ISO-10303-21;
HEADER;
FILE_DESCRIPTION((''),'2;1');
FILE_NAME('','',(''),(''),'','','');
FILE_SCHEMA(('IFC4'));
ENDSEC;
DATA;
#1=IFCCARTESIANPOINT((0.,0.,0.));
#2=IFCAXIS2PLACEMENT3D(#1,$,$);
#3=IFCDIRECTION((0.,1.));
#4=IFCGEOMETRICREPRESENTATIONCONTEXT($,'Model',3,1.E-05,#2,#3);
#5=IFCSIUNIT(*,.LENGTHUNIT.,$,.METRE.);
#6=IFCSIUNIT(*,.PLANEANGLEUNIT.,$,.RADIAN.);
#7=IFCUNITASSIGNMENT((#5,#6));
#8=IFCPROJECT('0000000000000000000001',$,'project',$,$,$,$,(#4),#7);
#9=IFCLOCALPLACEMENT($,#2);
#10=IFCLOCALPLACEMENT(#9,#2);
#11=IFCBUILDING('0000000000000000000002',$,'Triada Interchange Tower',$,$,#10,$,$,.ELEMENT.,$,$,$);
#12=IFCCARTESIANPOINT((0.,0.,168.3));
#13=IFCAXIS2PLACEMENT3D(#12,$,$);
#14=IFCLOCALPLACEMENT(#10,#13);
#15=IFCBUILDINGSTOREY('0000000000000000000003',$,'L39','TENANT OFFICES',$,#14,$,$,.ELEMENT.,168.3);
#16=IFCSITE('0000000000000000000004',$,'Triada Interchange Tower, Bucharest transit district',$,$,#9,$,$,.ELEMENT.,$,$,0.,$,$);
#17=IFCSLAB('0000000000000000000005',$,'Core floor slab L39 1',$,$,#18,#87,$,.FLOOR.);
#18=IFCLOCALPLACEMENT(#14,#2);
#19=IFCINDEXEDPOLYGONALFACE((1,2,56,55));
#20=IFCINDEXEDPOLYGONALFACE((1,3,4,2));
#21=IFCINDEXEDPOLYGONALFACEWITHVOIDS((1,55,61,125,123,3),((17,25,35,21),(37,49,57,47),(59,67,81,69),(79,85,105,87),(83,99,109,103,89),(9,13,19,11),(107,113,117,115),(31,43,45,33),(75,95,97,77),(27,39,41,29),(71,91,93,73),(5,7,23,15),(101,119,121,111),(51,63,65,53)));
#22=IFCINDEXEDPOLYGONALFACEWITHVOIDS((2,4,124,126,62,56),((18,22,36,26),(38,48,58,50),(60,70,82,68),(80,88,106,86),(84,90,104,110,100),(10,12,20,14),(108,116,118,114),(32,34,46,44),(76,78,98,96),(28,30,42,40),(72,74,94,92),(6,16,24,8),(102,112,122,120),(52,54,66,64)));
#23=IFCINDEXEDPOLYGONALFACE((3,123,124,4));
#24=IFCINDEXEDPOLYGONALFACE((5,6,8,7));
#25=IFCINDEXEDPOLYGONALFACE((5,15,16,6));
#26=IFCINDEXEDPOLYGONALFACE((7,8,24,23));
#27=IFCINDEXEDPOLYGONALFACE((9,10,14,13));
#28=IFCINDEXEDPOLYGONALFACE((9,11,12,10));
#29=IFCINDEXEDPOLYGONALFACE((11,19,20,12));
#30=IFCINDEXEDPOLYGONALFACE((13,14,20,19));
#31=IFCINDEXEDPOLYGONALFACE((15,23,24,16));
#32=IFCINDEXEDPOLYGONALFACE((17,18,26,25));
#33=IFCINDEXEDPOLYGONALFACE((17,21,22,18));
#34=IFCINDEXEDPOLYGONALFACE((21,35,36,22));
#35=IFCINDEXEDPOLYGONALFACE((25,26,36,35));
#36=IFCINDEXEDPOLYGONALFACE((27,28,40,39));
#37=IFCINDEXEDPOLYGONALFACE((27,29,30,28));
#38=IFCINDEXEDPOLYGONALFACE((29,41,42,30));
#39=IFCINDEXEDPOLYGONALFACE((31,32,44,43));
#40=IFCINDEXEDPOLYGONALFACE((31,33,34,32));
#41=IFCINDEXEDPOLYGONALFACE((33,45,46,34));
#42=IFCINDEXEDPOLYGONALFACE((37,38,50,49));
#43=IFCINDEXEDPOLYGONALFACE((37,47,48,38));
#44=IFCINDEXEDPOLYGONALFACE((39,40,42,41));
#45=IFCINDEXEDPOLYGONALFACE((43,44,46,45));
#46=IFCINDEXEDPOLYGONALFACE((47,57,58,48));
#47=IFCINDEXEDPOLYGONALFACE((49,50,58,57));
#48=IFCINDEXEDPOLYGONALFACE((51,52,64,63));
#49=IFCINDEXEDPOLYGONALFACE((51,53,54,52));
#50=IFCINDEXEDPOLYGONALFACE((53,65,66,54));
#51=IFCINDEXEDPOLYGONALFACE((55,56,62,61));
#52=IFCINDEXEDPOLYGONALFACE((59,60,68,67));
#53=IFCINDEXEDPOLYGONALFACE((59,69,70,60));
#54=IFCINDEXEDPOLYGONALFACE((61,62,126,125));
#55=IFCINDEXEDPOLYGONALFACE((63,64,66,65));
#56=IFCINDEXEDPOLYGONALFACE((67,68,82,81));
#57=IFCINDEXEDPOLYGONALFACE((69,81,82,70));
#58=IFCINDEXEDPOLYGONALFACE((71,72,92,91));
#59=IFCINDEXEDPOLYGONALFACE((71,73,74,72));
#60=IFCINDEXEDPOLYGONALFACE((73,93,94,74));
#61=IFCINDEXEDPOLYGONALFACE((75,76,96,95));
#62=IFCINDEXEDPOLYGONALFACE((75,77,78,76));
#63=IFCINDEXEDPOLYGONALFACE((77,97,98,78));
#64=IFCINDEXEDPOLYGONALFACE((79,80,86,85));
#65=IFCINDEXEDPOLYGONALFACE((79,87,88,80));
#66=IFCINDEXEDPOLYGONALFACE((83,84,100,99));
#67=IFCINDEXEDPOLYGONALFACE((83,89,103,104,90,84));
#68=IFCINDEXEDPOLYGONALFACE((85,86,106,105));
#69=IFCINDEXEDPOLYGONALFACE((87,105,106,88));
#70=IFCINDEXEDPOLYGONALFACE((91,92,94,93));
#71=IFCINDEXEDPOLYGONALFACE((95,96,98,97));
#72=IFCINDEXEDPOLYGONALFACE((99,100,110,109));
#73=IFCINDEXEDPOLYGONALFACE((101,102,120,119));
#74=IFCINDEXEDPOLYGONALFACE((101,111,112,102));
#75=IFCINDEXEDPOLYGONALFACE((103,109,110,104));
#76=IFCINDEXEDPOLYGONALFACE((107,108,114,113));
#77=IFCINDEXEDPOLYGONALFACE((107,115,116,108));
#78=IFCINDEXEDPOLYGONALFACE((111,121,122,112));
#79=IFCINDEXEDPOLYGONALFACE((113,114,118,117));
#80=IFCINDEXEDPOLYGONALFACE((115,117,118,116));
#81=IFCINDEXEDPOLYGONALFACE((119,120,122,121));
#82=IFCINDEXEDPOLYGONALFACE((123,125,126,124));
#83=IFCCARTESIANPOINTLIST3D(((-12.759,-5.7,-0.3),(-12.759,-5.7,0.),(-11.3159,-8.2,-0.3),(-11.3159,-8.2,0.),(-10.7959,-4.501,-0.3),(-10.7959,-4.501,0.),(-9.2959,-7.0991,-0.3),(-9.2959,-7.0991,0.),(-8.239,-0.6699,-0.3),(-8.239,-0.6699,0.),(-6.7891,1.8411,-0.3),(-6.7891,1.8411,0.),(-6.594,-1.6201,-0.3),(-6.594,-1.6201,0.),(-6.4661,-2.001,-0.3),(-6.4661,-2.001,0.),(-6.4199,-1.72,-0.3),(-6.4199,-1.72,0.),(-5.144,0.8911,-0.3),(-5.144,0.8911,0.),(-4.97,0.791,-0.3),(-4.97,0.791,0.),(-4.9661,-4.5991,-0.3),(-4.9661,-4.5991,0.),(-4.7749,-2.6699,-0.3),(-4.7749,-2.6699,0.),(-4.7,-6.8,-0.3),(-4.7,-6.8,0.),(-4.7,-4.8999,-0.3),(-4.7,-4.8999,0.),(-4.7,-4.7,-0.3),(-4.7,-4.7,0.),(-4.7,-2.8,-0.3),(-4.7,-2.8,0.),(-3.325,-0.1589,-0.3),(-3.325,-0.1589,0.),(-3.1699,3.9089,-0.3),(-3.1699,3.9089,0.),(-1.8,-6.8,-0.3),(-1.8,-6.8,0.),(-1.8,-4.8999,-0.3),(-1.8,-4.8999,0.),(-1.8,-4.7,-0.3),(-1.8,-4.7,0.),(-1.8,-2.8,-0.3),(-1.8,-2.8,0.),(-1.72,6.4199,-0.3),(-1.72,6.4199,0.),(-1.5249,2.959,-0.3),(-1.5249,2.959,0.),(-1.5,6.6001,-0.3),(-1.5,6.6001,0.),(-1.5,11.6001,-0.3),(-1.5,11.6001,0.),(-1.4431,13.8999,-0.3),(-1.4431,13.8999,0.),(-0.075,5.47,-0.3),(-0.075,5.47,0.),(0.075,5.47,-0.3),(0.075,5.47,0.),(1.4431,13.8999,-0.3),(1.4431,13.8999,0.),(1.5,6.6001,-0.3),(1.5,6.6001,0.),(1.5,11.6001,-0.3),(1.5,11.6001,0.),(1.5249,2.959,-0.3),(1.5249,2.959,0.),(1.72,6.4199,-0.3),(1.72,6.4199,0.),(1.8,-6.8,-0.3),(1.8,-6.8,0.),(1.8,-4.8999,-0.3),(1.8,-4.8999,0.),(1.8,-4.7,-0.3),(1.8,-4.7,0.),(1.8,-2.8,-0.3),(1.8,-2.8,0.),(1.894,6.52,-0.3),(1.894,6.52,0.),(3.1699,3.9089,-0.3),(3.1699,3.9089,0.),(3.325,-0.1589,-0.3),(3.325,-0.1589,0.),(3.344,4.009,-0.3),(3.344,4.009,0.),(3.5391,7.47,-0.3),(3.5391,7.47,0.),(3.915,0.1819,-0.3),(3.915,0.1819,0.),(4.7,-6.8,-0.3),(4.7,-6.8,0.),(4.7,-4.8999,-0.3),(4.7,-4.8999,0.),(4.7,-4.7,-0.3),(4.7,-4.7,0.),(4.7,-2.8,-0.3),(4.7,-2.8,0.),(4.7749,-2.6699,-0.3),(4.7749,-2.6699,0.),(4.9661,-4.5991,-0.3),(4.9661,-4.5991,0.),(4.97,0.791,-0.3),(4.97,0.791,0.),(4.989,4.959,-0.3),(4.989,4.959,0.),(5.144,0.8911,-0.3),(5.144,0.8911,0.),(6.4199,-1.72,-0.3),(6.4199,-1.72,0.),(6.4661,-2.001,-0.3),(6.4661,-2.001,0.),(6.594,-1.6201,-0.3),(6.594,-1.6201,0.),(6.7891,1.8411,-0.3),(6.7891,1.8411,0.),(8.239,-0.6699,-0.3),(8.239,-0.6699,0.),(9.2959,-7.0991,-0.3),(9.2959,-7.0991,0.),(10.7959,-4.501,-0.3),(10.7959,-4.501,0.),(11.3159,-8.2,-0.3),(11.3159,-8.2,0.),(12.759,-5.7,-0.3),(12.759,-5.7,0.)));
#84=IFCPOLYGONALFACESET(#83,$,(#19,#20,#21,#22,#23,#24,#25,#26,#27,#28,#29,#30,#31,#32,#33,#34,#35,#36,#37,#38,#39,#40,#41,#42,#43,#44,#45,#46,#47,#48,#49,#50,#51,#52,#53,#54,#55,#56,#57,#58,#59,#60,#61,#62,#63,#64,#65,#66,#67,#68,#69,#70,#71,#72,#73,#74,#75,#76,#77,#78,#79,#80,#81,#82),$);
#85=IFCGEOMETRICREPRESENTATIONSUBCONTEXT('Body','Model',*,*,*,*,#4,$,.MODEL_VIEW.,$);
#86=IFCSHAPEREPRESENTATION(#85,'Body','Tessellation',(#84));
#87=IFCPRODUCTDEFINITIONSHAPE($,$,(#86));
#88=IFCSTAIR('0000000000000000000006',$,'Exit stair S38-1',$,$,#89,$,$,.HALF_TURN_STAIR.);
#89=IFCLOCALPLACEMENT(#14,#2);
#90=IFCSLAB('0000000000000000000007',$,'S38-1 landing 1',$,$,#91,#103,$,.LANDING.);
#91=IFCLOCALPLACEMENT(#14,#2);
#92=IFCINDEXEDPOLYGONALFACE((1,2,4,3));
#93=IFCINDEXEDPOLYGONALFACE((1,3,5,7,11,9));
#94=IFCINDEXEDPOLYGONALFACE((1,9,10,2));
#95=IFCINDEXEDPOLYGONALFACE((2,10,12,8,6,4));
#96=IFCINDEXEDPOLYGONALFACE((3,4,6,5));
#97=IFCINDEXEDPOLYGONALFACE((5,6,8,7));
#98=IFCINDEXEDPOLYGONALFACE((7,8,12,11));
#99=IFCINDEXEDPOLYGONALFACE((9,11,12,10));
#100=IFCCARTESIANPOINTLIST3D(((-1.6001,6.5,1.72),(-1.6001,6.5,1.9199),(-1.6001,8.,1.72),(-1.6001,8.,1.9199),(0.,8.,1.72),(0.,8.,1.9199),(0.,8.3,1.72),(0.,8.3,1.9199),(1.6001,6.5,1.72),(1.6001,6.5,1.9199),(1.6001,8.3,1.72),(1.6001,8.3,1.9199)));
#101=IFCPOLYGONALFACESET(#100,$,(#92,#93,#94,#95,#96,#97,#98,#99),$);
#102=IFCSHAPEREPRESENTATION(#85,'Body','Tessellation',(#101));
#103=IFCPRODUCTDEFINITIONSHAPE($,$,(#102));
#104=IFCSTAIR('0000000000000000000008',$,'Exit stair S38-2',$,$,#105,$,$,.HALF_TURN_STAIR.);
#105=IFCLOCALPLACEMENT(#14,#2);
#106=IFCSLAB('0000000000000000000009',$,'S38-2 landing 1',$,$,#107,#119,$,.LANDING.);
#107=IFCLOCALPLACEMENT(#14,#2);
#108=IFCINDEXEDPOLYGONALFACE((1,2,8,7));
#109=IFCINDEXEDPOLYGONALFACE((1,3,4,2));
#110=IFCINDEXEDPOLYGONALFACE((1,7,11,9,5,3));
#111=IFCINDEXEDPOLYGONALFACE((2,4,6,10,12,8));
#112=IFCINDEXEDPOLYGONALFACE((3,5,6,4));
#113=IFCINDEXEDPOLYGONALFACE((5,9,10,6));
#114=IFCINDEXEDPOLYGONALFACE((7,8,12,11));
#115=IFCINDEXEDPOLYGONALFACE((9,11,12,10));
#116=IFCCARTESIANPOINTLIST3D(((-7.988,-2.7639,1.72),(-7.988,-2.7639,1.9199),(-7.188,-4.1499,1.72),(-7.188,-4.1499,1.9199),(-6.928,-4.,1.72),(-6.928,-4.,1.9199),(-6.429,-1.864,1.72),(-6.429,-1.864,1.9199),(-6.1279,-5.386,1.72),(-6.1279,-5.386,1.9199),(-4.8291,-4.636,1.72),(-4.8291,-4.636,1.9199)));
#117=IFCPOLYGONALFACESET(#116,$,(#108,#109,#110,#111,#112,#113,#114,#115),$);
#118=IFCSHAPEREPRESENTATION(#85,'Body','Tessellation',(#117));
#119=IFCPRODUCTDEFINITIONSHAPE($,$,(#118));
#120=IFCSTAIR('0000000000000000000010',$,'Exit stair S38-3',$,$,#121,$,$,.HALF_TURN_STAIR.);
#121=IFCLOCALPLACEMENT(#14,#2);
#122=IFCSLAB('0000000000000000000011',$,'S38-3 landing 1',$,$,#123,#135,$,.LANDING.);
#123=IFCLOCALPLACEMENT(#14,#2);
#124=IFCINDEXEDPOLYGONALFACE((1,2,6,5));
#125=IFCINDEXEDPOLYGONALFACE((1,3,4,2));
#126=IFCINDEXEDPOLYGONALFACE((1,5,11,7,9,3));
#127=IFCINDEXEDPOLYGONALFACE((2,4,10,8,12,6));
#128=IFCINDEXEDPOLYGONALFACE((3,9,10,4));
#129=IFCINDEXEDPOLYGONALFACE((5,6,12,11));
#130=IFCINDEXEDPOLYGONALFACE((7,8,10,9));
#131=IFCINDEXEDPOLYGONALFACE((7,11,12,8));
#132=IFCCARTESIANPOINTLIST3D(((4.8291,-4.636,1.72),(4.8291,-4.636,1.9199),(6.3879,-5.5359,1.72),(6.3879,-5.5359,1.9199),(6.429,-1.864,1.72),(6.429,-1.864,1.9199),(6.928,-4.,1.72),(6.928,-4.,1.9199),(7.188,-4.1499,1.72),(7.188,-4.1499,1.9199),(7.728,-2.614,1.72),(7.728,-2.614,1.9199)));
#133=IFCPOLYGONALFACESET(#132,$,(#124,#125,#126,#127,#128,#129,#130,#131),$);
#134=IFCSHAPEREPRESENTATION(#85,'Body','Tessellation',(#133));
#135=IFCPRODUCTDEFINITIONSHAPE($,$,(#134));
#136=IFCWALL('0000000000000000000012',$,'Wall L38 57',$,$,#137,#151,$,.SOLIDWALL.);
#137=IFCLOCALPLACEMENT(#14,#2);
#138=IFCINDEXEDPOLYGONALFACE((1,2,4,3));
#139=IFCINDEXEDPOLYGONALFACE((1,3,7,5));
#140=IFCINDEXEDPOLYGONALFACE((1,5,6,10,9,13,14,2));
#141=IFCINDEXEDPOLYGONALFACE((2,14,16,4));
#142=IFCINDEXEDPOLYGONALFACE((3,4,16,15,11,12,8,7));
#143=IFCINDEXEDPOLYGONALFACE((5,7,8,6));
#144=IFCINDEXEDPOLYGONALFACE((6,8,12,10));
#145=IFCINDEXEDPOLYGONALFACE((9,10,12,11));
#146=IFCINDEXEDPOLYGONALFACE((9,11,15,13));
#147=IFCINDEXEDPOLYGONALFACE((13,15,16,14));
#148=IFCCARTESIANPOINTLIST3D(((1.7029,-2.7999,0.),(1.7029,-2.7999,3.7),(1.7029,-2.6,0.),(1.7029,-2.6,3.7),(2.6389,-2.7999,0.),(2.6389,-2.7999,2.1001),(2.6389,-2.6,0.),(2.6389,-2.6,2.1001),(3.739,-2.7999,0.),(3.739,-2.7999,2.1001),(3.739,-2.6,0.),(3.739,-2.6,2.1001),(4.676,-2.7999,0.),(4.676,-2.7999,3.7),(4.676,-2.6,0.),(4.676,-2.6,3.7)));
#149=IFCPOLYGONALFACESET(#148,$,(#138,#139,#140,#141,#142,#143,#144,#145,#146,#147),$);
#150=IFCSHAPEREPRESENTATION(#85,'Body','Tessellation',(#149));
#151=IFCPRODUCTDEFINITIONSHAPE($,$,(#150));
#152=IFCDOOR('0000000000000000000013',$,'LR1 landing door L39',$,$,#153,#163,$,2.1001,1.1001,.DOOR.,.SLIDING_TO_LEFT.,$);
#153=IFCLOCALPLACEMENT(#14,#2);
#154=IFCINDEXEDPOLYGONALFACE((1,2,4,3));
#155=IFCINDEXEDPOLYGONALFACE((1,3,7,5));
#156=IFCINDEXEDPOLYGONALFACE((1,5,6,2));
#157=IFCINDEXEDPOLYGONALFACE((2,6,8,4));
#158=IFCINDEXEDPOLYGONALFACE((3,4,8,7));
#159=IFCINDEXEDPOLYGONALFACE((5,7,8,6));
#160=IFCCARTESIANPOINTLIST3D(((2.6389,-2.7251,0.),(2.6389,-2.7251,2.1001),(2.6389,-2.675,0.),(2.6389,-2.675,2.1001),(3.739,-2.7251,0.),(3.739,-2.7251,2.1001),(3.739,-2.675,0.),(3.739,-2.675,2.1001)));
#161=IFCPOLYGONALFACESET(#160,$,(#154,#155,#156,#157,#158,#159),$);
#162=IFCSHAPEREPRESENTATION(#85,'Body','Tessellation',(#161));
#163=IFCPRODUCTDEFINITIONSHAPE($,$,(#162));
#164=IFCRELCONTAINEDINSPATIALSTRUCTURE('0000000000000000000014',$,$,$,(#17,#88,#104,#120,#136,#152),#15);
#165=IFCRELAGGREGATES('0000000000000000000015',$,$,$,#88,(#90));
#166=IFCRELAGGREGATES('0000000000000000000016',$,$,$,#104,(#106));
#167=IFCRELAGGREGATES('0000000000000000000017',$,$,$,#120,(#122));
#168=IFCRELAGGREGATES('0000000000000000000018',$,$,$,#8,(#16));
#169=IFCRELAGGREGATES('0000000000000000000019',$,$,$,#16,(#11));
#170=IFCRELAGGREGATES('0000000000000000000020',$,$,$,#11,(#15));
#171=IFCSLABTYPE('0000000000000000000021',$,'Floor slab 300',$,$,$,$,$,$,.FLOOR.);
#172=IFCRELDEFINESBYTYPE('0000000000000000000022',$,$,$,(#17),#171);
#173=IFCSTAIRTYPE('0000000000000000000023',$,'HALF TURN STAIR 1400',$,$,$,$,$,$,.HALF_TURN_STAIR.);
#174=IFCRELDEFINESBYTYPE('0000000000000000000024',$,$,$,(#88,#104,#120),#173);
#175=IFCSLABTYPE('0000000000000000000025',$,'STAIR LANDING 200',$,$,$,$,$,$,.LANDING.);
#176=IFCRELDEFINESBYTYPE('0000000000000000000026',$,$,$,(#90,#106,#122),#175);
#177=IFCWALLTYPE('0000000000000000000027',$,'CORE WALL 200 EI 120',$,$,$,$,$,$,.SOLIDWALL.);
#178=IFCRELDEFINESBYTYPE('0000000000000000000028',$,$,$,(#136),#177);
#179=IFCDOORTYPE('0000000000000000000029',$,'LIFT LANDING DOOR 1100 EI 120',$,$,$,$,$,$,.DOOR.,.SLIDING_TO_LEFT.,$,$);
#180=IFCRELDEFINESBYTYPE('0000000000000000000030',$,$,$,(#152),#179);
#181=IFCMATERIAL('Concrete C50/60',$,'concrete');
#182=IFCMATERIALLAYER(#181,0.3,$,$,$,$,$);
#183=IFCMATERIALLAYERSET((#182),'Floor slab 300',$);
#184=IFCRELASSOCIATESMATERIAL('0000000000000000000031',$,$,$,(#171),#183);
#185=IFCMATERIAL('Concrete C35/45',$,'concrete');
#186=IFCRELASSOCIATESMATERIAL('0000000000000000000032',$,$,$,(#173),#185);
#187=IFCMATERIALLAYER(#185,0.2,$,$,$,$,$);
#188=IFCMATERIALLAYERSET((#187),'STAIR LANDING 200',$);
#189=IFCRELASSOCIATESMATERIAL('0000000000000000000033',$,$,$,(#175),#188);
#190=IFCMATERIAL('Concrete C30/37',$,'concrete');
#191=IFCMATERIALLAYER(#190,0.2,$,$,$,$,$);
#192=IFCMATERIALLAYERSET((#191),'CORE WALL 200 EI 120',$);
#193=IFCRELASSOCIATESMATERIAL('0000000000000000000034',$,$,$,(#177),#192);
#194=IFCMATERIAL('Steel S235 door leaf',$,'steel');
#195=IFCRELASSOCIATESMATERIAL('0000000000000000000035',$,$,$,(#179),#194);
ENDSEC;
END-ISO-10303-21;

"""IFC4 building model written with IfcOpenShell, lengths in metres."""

from ifc_helpers import new_model, si_unit, direction, frame, frame_2d, origin, place, context, subcontext, project, spatial, polyline, rectangle, outline, extrude, material, layer, layer_set, type_object, element, fill, aggregate, save


model = new_model("IFC4")

# Units and contexts
model_context = context("Model", 3, precision=1e-05, world=origin(), true_north=direction((0.0, 1.0)))
body_context = subcontext(model_context, "Body", "Model", "MODEL_VIEW")
ifc_project = project(units=[si_unit("LENGTHUNIT", "METRE"), si_unit("PLANEANGLEUNIT", "RADIAN")], contexts=[model_context])

# Site, building, storey
site_placement = place(None, origin())
site = spatial("IfcSite", under=ifc_project, at=site_placement, Name="Triada Interchange Tower, Bucharest transit district", CompositionType="ELEMENT", RefElevation=0.0)
building_placement = place(site_placement, origin())
building = spatial("IfcBuilding", under=site, at=building_placement, Name="Triada Interchange Tower", CompositionType="ELEMENT")
storey_placement = place(building_placement, frame((0.0, 0.0, 168.3)))
storey = spatial("IfcBuildingStorey", under=building, at=storey_placement, Name="L39", Description="TENANT OFFICES", CompositionType="ELEMENT", Elevation=168.3)

# Slab
ifc_material_1 = material(Name="Concrete C50/60", Category="concrete")
ifc_layer_1 = layer(ifc_material_1, 0.3)
ifc_layer_set_1 = layer_set([ifc_layer_1], Name="Floor slab 300")
slab_type_1 = type_object("IfcSlabType", Name="Floor slab 300", PredefinedType="FLOOR", material=ifc_layer_set_1)
slab_1_placement = place(storey_placement, frame((0.0, 0.0, -0.3)))
element("IfcSlab", 1, at=slab_1_placement, inside=storey, type_object=slab_type_1, Name="Core floor slab L39 1", PredefinedType="FLOOR", context=body_context, shape_type="SweptSolid", body=[
    extrude(outline(polyline([(12.759, -5.7), (11.3159, -8.2), (-11.3159, -8.2), (-12.759, -5.7), (-1.4431, 13.8999), (1.4431, 13.8999), (12.759, -5.7)]), holes=[polyline([(9.2959, -7.0991), (10.7959, -4.501), (6.4661, -2.001), (4.9661, -4.5991), (9.2959, -7.0991)]), polyline([(6.7891, 1.8411), (5.144, 0.8911), (6.594, -1.6201), (8.239, -0.6699), (6.7891, 1.8411)]), polyline([(4.7749, -2.6699), (6.4199, -1.72), (4.97, 0.791), (3.915, 0.1819), (3.325, -0.1589), (4.7749, -2.6699)]), polyline([(1.894, 6.52), (3.344, 4.009), (4.989, 4.959), (3.5391, 7.47), (1.894, 6.52)]), polyline([(4.7, -6.8), (4.7, -4.8999), (1.8, -4.8999), (1.8, -6.8), (4.7, -6.8)]), polyline([(4.7, -2.8), (1.8, -2.8), (1.8, -4.7), (4.7, -4.7), (4.7, -2.8)]), polyline([(0.075, 5.47), (1.5249, 2.959), (3.1699, 3.9089), (1.72, 6.4199), (0.075, 5.47)]), polyline([(1.5, 11.6001), (-1.5, 11.6001), (-1.5, 6.6001), (1.5, 6.6001), (1.5, 11.6001)]), polyline([(-1.5249, 2.959), (-0.075, 5.47), (-1.72, 6.4199), (-3.1699, 3.9089), (-1.5249, 2.959)]), polyline([(-1.8, -2.8), (-4.7, -2.8), (-4.7, -4.7), (-1.8, -4.7), (-1.8, -2.8)]), polyline([(-4.7, -6.8), (-1.8, -6.8), (-1.8, -4.8999), (-4.7, -4.8999), (-4.7, -6.8)]), polyline([(-4.7749, -2.6699), (-3.325, -0.1589), (-4.97, 0.791), (-6.4199, -1.72), (-4.7749, -2.6699)]), polyline([(-10.7959, -4.501), (-9.2959, -7.0991), (-4.9661, -4.5991), (-6.4661, -2.001), (-10.7959, -4.501)]), polyline([(-6.594, -1.6201), (-5.144, 0.8911), (-6.7891, 1.8411), (-8.239, -0.6699), (-6.594, -1.6201)])]), origin(), (0.0, 0.0, 1.0), 0.3),
])

# Stairs, slabs
ifc_material_2 = material(Name="Concrete C35/45", Category="concrete")
stair_type = type_object("IfcStairType", Name="HALF TURN STAIR 1400", PredefinedType="HALF_TURN_STAIR", material=ifc_material_2)
stair_1_placement = place(storey_placement, origin())
stair_1 = element("IfcStair", 2, at=stair_1_placement, inside=storey, type_object=stair_type, Name="Exit stair S38-1", PredefinedType="HALF_TURN_STAIR")
ifc_layer_2 = layer(ifc_material_2, 0.2)
ifc_layer_set_2 = layer_set([ifc_layer_2], Name="STAIR LANDING 200")
slab_type_2 = type_object("IfcSlabType", Name="STAIR LANDING 200", PredefinedType="LANDING", material=ifc_layer_set_2)
slab_2_placement = place(storey_placement, frame((0.0, 0.0, 1.72)))
slab_2 = element("IfcSlab", 3, at=slab_2_placement, type_object=slab_type_2, Name="S38-1 landing 1", PredefinedType="LANDING", context=body_context, shape_type="SweptSolid", body=[
    extrude(outline(polyline([(1.6001, 6.5), (1.6001, 8.3), (0.0, 8.3), (0.0, 8.0), (-1.6001, 8.0), (-1.6001, 6.5), (1.6001, 6.5)])), origin(), (0.0, 0.0, 1.0), 0.2),
])
aggregate(stair_1, [slab_2])
stair_2_placement = place(storey_placement, origin())
stair_2 = element("IfcStair", 4, at=stair_2_placement, inside=storey, type_object=stair_type, Name="Exit stair S38-2", PredefinedType="HALF_TURN_STAIR")
slab_3_placement = place(storey_placement, frame((0.0, 0.0, 1.72)))
slab_3 = element("IfcSlab", 5, at=slab_3_placement, type_object=slab_type_2, Name="S38-2 landing 1", PredefinedType="LANDING", context=body_context, shape_type="SweptSolid", body=[
    extrude(outline(polyline([(-6.429, -1.864), (-7.988, -2.7639), (-7.188, -4.1499), (-6.928, -4.0), (-6.1279, -5.386), (-4.8291, -4.636), (-6.429, -1.864)])), origin(), (0.0, 0.0, 1.0), 0.2),
])
aggregate(stair_2, [slab_3])
stair_3_placement = place(storey_placement, origin())
stair_3 = element("IfcStair", 6, at=stair_3_placement, inside=storey, type_object=stair_type, Name="Exit stair S38-3", PredefinedType="HALF_TURN_STAIR")
slab_4_placement = place(storey_placement, frame((0.0, 0.0, 1.72)))
slab_4 = element("IfcSlab", 7, at=slab_4_placement, type_object=slab_type_2, Name="S38-3 landing 1", PredefinedType="LANDING", context=body_context, shape_type="SweptSolid", body=[
    extrude(outline(polyline([(4.8291, -4.636), (6.3879, -5.5359), (7.188, -4.1499), (6.928, -4.0), (7.728, -2.614), (6.429, -1.864), (4.8291, -4.636)])), origin(), (0.0, 0.0, 1.0), 0.2),
])
aggregate(stair_3, [slab_4])

# Wall, opening, door
ifc_material_3 = material(Name="Concrete C30/37", Category="concrete")
ifc_layer_3 = layer(ifc_material_3, 0.2)
ifc_layer_set_3 = layer_set([ifc_layer_3], Name="CORE WALL 200 EI 120")
wall_type_1 = type_object("IfcWallType", Name="CORE WALL 200 EI 120", PredefinedType="SOLIDWALL", material=ifc_layer_set_3)
wall_1_placement = place(storey_placement, frame((1.7029, -2.7, 0.0), z_axis=(0.0, 0.0, 1.0), x_axis=(1.0, 0.0, 0.0)))
wall_1 = element("IfcWall", 8, at=wall_1_placement, inside=storey, type_object=wall_type_1, Name="Wall L38 57", PredefinedType="SOLIDWALL", context=body_context, shape_type="SweptSolid", body=[
    extrude(rectangle(XDim=2.9731, YDim=0.2, at=frame_2d((1.4866, 0.0))), origin(), (0.0, 0.0, 1.0), 3.7),
])
opening_1_placement = place(wall_1_placement, frame((0.936, 0.0, 0.0)))
opening_1 = element("IfcOpeningElement", 9, at=opening_1_placement, cuts=wall_1, PredefinedType="OPENING", context=body_context, shape_type="SweptSolid", body=[
    extrude(rectangle(XDim=1.1001, YDim=2.1001, at=frame_2d((0.55, 1.05))), frame((0.0, 0.1099, 0.0), z_axis=(0.0, -1.0, 0.0), x_axis=(1.0, 0.0, 0.0)), (0.0, 0.0, 1.0), 0.22),
])
ifc_material_4 = material(Name="Steel S235 door leaf", Category="steel")
door_type = type_object("IfcDoorType", Name="LIFT LANDING DOOR 1100 EI 120", OperationType="SLIDING_TO_LEFT", PredefinedType="DOOR", material=ifc_material_4)
door_1_placement = place(opening_1_placement, origin())
door_1 = element("IfcDoor", 10, at=door_1_placement, inside=storey, type_object=door_type, Name="LR1 landing door L39", OperationType="SLIDING_TO_LEFT", OverallHeight=2.1001, OverallWidth=1.1001, PredefinedType="DOOR", context=body_context, shape_type="SweptSolid", body=[
    extrude(rectangle(XDim=1.1001, YDim=2.1001, at=frame_2d((0.55, 1.05))), frame((0.0, 0.0249, 0.0), z_axis=(0.0, -1.0, 0.0), x_axis=(1.0, 0.0, 0.0)), (0.0, 0.0, 1.0), 0.05),
])
fill(opening_1, door_1)

save(model, "model.ifc")
